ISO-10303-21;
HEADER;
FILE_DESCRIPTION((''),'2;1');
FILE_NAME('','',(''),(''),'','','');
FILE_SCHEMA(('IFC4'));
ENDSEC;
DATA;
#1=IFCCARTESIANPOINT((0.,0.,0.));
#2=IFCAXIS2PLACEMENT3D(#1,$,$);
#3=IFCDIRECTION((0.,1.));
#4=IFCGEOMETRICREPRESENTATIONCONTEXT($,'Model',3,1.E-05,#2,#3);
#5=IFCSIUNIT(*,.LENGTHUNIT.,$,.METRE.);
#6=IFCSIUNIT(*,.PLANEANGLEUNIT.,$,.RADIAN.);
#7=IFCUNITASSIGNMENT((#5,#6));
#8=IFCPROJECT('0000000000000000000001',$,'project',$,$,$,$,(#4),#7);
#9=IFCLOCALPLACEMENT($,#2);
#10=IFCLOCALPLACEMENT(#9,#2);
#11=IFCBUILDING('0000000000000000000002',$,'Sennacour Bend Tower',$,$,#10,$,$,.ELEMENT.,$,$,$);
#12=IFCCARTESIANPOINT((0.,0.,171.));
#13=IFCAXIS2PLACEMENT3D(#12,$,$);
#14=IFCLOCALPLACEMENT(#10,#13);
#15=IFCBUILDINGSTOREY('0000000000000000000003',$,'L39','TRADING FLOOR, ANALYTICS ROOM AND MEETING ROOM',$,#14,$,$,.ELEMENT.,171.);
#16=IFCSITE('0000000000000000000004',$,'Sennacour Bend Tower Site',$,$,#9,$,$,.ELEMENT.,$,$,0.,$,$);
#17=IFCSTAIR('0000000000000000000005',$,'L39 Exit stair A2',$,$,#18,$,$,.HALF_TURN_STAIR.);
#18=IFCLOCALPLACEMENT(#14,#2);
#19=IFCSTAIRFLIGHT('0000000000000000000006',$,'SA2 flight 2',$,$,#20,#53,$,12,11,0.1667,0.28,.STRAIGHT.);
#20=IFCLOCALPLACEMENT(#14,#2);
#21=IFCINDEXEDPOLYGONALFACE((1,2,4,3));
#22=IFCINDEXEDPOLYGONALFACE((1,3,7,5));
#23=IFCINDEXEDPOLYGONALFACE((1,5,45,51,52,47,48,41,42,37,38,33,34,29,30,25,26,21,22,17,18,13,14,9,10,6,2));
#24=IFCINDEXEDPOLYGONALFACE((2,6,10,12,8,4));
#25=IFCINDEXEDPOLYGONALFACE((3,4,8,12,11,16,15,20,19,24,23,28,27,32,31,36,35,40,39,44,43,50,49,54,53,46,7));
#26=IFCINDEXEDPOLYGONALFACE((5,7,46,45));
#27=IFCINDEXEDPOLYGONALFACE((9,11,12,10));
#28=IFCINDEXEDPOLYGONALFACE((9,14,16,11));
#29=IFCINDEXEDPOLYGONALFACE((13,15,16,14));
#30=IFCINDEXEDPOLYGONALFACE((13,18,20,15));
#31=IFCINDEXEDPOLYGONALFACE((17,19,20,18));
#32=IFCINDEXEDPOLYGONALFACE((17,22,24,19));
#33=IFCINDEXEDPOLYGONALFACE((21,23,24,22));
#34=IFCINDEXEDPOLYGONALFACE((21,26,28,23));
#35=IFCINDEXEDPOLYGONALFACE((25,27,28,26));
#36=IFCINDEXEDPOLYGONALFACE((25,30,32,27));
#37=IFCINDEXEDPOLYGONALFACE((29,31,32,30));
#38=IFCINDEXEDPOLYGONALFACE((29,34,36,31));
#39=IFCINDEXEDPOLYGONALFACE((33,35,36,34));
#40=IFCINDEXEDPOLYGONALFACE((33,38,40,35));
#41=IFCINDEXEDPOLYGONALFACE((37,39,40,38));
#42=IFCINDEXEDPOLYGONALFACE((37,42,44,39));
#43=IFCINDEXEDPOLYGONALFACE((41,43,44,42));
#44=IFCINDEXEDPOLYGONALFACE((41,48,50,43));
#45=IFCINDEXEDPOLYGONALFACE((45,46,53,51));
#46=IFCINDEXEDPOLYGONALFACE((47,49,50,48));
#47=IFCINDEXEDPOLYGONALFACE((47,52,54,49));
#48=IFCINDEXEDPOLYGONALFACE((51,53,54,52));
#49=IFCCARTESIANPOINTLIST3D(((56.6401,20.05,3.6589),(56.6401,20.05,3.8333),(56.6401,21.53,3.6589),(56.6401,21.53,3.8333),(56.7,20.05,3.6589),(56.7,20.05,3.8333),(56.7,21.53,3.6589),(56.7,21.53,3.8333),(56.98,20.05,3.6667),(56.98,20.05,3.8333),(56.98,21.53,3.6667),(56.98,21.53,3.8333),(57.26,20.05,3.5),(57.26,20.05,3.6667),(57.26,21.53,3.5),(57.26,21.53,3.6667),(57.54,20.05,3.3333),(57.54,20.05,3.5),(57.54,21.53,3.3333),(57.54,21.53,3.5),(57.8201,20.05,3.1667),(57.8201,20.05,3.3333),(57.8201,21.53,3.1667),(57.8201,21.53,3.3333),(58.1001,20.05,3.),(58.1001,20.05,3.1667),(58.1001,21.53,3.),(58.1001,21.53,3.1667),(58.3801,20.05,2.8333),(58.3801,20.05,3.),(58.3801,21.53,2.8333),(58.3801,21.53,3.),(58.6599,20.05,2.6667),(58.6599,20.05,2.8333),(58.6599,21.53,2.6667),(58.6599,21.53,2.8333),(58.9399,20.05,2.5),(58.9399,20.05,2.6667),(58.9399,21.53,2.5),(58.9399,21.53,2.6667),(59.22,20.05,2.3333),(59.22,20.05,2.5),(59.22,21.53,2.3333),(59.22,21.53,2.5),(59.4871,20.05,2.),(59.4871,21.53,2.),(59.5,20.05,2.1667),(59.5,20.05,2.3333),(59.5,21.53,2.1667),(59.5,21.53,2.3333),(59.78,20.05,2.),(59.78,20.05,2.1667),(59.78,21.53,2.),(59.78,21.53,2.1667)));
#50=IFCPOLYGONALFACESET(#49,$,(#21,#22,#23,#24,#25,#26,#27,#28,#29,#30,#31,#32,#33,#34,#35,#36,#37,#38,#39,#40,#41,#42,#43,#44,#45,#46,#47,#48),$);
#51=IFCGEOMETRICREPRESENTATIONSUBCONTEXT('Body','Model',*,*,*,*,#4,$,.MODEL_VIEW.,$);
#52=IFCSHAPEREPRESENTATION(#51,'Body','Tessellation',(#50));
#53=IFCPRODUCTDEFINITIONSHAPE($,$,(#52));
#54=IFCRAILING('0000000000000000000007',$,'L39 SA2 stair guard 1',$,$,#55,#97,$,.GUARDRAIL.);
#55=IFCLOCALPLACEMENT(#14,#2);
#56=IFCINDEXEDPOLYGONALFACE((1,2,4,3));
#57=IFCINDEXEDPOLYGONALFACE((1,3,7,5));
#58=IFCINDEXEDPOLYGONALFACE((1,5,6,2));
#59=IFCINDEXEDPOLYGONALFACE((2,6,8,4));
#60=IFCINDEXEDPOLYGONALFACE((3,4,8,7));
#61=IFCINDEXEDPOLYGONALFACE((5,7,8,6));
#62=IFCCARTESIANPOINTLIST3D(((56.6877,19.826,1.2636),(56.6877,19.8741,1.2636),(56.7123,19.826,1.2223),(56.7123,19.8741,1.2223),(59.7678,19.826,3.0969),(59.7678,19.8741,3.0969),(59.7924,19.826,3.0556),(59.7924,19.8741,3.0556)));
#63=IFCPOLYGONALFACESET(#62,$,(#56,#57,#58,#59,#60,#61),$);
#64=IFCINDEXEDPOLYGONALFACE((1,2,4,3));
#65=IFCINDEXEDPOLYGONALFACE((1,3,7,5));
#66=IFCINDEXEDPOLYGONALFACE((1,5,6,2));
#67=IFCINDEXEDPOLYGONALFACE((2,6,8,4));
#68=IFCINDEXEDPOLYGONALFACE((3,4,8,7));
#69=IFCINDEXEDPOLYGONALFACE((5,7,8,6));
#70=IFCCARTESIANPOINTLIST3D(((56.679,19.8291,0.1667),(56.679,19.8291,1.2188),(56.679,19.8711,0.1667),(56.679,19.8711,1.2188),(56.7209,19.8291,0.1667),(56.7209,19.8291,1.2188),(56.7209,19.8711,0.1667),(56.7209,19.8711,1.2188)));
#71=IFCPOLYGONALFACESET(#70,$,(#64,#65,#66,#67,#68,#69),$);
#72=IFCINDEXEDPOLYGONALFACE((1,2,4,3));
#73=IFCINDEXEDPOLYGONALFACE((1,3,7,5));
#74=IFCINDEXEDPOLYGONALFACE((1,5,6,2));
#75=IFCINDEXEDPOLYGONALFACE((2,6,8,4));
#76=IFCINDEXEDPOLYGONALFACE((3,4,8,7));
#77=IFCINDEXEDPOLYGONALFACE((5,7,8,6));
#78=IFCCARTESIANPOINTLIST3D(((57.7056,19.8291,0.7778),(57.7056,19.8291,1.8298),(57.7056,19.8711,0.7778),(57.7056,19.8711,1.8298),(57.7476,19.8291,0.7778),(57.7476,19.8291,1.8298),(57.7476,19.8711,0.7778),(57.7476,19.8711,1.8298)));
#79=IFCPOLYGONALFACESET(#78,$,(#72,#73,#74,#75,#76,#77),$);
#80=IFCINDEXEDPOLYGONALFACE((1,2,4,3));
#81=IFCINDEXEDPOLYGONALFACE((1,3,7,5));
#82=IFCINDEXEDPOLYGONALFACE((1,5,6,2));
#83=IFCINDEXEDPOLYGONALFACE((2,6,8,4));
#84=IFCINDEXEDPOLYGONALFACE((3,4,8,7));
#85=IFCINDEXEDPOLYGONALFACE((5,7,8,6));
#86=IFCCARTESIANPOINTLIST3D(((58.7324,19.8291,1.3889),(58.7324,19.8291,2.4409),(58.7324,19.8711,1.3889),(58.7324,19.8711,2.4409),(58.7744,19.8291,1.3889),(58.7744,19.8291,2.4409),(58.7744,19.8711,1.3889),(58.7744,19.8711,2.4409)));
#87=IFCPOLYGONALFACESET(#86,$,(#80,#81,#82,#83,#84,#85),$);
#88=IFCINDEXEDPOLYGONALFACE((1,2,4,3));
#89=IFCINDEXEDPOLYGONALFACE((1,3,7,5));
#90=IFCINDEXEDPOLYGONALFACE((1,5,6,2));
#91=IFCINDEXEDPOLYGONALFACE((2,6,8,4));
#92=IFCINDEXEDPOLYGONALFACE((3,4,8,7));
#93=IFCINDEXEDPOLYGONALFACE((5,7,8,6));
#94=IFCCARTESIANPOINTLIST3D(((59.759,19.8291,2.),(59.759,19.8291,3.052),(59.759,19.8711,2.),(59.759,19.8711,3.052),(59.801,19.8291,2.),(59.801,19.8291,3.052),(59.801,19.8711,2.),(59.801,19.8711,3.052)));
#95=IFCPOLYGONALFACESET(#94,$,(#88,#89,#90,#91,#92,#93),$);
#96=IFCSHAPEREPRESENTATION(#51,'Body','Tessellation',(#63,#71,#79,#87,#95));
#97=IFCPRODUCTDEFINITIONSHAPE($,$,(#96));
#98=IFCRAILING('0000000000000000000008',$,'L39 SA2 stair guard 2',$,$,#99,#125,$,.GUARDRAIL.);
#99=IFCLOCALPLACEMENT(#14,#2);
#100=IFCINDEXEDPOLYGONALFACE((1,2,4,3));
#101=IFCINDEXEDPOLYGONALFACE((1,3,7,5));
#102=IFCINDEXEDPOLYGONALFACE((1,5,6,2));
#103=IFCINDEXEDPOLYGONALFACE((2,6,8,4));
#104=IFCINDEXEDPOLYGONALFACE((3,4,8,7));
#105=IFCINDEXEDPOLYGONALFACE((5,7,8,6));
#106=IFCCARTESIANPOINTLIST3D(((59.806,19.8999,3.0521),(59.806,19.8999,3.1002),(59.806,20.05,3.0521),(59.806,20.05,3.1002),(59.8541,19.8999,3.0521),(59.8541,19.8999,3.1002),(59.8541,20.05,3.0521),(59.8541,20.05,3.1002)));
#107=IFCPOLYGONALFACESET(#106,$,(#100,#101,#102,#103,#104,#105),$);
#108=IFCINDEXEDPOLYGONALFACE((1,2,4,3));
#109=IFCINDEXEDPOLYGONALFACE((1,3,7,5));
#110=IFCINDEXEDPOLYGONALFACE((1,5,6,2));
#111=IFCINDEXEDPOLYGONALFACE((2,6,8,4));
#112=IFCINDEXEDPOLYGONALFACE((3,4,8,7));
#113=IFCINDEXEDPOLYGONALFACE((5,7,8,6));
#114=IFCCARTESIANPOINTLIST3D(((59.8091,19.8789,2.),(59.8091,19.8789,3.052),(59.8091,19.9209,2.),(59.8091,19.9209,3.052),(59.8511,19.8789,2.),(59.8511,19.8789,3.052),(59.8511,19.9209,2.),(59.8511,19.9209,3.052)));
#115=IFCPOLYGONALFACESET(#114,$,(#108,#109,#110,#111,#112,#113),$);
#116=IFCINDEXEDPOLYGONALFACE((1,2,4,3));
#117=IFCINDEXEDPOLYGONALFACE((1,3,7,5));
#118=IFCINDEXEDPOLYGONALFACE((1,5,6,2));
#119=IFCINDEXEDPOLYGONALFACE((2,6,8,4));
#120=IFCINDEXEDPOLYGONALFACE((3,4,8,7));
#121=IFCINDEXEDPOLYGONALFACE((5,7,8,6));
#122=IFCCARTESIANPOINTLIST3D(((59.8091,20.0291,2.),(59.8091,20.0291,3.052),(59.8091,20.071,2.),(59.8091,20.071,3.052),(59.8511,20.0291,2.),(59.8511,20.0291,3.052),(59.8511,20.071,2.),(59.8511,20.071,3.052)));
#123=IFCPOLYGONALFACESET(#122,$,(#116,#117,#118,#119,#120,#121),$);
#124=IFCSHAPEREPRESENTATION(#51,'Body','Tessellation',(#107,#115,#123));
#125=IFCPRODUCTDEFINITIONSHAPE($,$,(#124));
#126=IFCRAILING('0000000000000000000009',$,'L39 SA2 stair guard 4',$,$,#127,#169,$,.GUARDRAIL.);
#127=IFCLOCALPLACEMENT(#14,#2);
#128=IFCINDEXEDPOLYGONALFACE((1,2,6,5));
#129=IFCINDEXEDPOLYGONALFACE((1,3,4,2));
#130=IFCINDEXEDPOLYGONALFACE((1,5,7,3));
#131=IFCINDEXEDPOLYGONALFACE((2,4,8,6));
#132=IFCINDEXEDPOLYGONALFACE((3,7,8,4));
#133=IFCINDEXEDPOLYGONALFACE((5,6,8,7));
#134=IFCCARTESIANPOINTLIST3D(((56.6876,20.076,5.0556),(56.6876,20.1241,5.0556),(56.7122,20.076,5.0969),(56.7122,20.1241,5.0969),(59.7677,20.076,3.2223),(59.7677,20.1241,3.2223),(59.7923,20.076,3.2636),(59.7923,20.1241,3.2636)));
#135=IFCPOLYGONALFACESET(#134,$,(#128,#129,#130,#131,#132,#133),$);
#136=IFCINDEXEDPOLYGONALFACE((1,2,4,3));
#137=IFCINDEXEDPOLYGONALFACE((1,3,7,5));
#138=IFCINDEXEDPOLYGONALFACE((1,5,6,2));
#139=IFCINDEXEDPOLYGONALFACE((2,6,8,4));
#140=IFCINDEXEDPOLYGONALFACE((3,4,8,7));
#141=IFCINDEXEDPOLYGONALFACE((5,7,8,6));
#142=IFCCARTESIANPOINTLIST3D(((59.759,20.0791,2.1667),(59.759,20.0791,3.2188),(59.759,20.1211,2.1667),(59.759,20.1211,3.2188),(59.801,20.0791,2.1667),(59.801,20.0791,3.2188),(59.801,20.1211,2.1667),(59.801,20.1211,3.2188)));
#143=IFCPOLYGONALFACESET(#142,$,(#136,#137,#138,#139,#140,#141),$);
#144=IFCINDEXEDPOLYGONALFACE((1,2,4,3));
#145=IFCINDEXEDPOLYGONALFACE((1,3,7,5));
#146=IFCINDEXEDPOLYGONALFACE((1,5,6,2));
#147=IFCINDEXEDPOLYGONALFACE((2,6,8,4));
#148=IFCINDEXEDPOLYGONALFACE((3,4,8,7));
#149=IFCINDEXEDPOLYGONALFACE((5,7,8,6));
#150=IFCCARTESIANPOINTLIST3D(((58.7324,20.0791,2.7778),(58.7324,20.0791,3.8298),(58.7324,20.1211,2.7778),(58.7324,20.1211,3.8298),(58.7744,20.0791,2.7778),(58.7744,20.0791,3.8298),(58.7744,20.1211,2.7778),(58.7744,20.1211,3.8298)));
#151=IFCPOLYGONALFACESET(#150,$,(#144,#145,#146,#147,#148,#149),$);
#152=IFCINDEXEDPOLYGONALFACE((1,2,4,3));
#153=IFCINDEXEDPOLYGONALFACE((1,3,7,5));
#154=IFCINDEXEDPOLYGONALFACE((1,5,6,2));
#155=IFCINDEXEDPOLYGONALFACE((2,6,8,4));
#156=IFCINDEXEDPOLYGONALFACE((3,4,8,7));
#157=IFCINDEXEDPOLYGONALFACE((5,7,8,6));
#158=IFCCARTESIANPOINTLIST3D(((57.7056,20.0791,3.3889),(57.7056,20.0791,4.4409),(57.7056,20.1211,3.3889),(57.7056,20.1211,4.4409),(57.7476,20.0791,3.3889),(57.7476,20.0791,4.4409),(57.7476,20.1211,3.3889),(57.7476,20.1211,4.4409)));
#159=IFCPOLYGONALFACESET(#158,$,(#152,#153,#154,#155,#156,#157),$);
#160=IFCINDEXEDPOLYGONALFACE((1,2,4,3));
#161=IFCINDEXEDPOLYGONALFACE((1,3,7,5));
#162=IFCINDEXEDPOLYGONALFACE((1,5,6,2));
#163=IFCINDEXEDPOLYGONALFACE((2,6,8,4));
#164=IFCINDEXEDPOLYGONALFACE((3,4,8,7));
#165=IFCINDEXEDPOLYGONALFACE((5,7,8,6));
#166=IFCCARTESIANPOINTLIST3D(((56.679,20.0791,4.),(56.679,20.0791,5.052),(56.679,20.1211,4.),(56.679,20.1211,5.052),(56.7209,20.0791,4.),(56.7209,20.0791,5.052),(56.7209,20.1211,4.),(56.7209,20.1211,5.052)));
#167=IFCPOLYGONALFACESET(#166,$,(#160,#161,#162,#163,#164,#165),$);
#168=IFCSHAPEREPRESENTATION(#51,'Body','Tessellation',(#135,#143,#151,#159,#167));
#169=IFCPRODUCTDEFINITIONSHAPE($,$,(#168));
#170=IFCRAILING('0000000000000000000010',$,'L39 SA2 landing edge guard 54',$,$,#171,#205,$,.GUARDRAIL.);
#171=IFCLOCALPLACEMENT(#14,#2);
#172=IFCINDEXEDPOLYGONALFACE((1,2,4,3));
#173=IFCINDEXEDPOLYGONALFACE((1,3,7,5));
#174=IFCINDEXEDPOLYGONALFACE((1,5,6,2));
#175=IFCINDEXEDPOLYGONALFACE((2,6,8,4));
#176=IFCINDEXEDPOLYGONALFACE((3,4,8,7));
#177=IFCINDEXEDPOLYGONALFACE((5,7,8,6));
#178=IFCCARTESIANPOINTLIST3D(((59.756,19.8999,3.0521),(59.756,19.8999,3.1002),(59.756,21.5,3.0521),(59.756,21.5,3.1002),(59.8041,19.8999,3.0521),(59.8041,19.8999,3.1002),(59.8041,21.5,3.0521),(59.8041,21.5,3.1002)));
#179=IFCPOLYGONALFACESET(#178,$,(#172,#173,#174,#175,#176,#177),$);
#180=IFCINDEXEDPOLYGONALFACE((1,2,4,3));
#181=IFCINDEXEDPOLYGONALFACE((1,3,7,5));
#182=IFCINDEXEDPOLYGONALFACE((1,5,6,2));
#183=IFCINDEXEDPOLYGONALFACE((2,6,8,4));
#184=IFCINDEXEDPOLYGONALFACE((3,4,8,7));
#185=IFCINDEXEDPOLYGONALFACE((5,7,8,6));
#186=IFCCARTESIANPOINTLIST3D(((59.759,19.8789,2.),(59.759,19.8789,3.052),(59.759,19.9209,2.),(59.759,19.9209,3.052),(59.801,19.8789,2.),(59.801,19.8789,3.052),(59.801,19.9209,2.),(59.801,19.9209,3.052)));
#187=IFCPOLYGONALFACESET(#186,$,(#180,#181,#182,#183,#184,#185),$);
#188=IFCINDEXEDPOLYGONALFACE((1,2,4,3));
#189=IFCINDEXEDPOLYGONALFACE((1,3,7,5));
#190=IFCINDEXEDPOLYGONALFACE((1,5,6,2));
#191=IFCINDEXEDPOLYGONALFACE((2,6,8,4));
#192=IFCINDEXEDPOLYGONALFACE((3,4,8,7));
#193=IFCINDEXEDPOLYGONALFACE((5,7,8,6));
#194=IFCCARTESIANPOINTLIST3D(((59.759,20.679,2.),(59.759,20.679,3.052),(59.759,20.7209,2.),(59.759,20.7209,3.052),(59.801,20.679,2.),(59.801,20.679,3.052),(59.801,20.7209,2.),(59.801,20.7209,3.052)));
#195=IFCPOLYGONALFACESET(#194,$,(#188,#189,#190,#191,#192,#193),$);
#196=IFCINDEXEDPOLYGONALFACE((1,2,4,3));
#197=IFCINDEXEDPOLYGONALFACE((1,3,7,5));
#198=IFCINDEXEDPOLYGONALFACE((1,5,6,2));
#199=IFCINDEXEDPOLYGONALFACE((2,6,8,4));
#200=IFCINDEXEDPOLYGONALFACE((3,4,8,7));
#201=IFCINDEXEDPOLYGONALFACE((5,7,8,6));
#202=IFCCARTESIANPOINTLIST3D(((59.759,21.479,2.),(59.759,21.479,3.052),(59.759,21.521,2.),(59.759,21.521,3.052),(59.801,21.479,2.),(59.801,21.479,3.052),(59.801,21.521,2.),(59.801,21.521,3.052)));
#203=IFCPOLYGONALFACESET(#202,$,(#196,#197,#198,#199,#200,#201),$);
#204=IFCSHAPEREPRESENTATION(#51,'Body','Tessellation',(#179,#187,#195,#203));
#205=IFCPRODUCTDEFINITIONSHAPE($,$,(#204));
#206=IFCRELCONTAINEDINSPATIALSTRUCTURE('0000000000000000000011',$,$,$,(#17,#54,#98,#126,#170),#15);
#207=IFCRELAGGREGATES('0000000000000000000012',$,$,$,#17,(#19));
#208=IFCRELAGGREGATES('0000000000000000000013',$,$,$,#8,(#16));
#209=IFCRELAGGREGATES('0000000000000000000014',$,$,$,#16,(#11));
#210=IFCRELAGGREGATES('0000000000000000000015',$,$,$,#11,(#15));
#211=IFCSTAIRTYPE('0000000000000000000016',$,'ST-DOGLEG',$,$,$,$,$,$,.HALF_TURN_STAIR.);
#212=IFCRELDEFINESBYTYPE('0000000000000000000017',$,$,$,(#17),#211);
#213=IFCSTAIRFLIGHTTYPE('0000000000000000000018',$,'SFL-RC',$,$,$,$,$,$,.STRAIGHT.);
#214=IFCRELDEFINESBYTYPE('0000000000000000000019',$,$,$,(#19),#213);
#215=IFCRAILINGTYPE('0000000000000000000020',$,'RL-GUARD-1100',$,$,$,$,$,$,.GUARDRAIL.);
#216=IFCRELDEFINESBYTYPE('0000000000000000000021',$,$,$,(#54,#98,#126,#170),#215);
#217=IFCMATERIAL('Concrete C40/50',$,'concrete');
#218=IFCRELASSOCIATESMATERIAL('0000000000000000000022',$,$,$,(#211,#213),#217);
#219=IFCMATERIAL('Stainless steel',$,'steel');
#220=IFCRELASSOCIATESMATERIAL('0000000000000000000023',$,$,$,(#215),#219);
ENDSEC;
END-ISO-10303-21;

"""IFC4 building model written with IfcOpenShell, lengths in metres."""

from ifc_helpers import new_model, si_unit, direction, frame, origin, origin_2d, place, context, subcontext, project, spatial, polyline, rectangle, outline, extrude, material, type_object, element, aggregate, save


model = new_model("IFC4")

# Units and contexts
model_context = context("Model", 3, precision=1e-05, world=origin(), true_north=direction((0.0, 1.0)))
body_context = subcontext(model_context, "Body", "Model", "MODEL_VIEW")
ifc_project = project(units=[si_unit("LENGTHUNIT", "METRE"), si_unit("PLANEANGLEUNIT", "RADIAN")], contexts=[model_context])

# Site, building, storey
site_placement = place(None, origin())
site = spatial("IfcSite", under=ifc_project, at=site_placement, Name="Sennacour Bend Tower Site", CompositionType="ELEMENT", RefElevation=0.0)
building_placement = place(site_placement, origin())
building = spatial("IfcBuilding", under=site, at=building_placement, Name="Sennacour Bend Tower", CompositionType="ELEMENT")
storey_placement = place(building_placement, frame((0.0, 0.0, 171.0)))
storey = spatial("IfcBuildingStorey", under=building, at=storey_placement, Name="L39", Description="TRADING FLOOR, ANALYTICS ROOM AND MEETING ROOM", CompositionType="ELEMENT", Elevation=171.0)

# Shared definitions
ifc_material_1 = material(Name="Stainless steel", Category="steel")

# Stair, stair flight
ifc_material_2 = material(Name="Concrete C40/50", Category="concrete")
stair_type = type_object("IfcStairType", Name="ST-DOGLEG", PredefinedType="HALF_TURN_STAIR", material=ifc_material_2)
stair_placement = place(storey_placement, origin())
stair = element("IfcStair", 1, at=stair_placement, inside=storey, type_object=stair_type, Name="L39 Exit stair A2", PredefinedType="HALF_TURN_STAIR")
stair_flight_type = type_object("IfcStairFlightType", Name="SFL-RC", PredefinedType="STRAIGHT", material=ifc_material_2)
stair_flight_1_placement = place(storey_placement, frame((59.78, 20.79, 2.0), z_axis=(0.0, 0.0, 1.0), x_axis=(-1.0, 0.0, 0.0)))
stair_flight_1 = element("IfcStairFlight", 2, at=stair_flight_1_placement, type_object=stair_flight_type, Name="SA2 flight 2", NumberOfRisers=12, NumberOfTreads=11, PredefinedType="STRAIGHT", RiserHeight=0.1667, TreadLength=0.28, context=body_context, shape_type="SweptSolid", body=[
    extrude(outline(polyline([(0.0, 0.0), (0.0, 0.1667), (0.28, 0.1667), (0.28, 0.3333), (0.5601, 0.3333), (0.5601, 0.5), (0.8401, 0.5), (0.8401, 0.6667), (1.1201, 0.6667), (1.1201, 0.8333), (1.3999, 0.8333), (1.3999, 1.0), (1.6799, 1.0), (1.6799, 1.1667), (1.96, 1.1667), (1.96, 1.3333), (2.24, 1.3333), (2.24, 1.5), (2.52, 1.5), (2.52, 1.6667), (2.8, 1.6667), (2.8, 1.8333), (3.0801, 1.8333), (3.1399, 1.8333), (3.1399, 1.6589), (3.0801, 1.6589), (0.293, 0.0), (0.0, 0.0)])), frame((0.0, 0.74, 0.0), z_axis=(0.0, -1.0, 0.0), x_axis=(1.0, 0.0, 0.0)), (0.0, 0.0, 1.0), 1.48),
])
aggregate(stair, [stair_flight_1])

# Railings
railing_type_1 = type_object("IfcRailingType", Name="RL-GUARD-1100", PredefinedType="GUARDRAIL", material=ifc_material_1)
railing_1_placement = place(storey_placement, frame((56.7, 19.8501, 0.1667)))
element("IfcRailing", 3, at=railing_1_placement, inside=storey, type_object=railing_type_1, Name="L39 SA2 stair guard 1", PredefinedType="GUARDRAIL", context=body_context, shape_type="SweptSolid", body=[
    extrude(rectangle(XDim=0.0481, YDim=0.0481, at=origin_2d()), frame((0.0, 0.0, 1.0762), z_axis=(0.859309, 0.0, 0.511458), x_axis=(0.0, 1.0, 0.0)), (0.0, 0.0, 1.0), 3.5845),
    extrude(rectangle(XDim=0.042, YDim=0.042, at=origin_2d()), origin(), (0.0, 0.0, 1.0), 1.052),
    extrude(rectangle(XDim=0.042, YDim=0.042, at=origin_2d()), frame((1.0266, 0.0, 0.6111)), (0.0, 0.0, 1.0), 1.052),
    extrude(rectangle(XDim=0.042, YDim=0.042, at=origin_2d()), frame((2.0535, 0.0, 1.2222)), (0.0, 0.0, 1.0), 1.052),
    extrude(rectangle(XDim=0.042, YDim=0.042, at=origin_2d()), frame((3.0801, 0.0, 1.8333)), (0.0, 0.0, 1.0), 1.052),
])
railing_2_placement = place(storey_placement, frame((59.8301, 19.8999, 2.0)))
element("IfcRailing", 4, at=railing_2_placement, inside=storey, type_object=railing_type_1, Name="L39 SA2 stair guard 2", PredefinedType="GUARDRAIL", context=body_context, shape_type="SweptSolid", body=[
    extrude(rectangle(XDim=0.0481, YDim=0.0481, at=origin_2d()), frame((0.0, 0.0, 1.0762), z_axis=(0.0, 1.0, 0.0), x_axis=(-1.0, 0.0, 0.0)), (0.0, 0.0, 1.0), 0.1501),
    extrude(rectangle(XDim=0.042, YDim=0.042, at=origin_2d()), origin(), (0.0, 0.0, 1.0), 1.052),
    extrude(rectangle(XDim=0.042, YDim=0.042, at=origin_2d()), frame((0.0, 0.1501, 0.0)), (0.0, 0.0, 1.0), 1.052),
])
railing_3_placement = place(storey_placement, frame((59.78, 20.1001, 2.1667)))
element("IfcRailing", 5, at=railing_3_placement, inside=storey, type_object=railing_type_1, Name="L39 SA2 stair guard 4", PredefinedType="GUARDRAIL", context=body_context, shape_type="SweptSolid", body=[
    extrude(rectangle(XDim=0.0481, YDim=0.0481, at=origin_2d()), frame((0.0, 0.0, 1.0762), z_axis=(-0.859309, 0.0, 0.511458), x_axis=(0.0, -1.0, 0.0)), (0.0, 0.0, 1.0), 3.5845),
    extrude(rectangle(XDim=0.042, YDim=0.042, at=origin_2d()), origin(), (0.0, 0.0, 1.0), 1.052),
    extrude(rectangle(XDim=0.042, YDim=0.042, at=origin_2d()), frame((-1.0266, 0.0, 0.6111)), (0.0, 0.0, 1.0), 1.052),
    extrude(rectangle(XDim=0.042, YDim=0.042, at=origin_2d()), frame((-2.0535, 0.0, 1.2222)), (0.0, 0.0, 1.0), 1.052),
    extrude(rectangle(XDim=0.042, YDim=0.042, at=origin_2d()), frame((-3.0801, 0.0, 1.8333)), (0.0, 0.0, 1.0), 1.052),
])
railing_4_placement = place(storey_placement, frame((59.78, 19.8999, 2.0)))
element("IfcRailing", 6, at=railing_4_placement, inside=storey, type_object=railing_type_1, Name="L39 SA2 landing edge guard 54", PredefinedType="GUARDRAIL", context=body_context, shape_type="SweptSolid", body=[
    extrude(rectangle(XDim=0.0481, YDim=0.0481, at=origin_2d()), frame((0.0, 0.0, 1.0762), z_axis=(0.0, 1.0, 0.0), x_axis=(-1.0, 0.0, 0.0)), (0.0, 0.0, 1.0), 1.6001),
    extrude(rectangle(XDim=0.042, YDim=0.042, at=origin_2d()), origin(), (0.0, 0.0, 1.0), 1.052),
    extrude(rectangle(XDim=0.042, YDim=0.042, at=origin_2d()), frame((0.0, 0.8, 0.0)), (0.0, 0.0, 1.0), 1.052),
    extrude(rectangle(XDim=0.042, YDim=0.042, at=origin_2d()), frame((0.0, 1.6001, 0.0)), (0.0, 0.0, 1.0), 1.052),
])

save(model, "model.ifc")
